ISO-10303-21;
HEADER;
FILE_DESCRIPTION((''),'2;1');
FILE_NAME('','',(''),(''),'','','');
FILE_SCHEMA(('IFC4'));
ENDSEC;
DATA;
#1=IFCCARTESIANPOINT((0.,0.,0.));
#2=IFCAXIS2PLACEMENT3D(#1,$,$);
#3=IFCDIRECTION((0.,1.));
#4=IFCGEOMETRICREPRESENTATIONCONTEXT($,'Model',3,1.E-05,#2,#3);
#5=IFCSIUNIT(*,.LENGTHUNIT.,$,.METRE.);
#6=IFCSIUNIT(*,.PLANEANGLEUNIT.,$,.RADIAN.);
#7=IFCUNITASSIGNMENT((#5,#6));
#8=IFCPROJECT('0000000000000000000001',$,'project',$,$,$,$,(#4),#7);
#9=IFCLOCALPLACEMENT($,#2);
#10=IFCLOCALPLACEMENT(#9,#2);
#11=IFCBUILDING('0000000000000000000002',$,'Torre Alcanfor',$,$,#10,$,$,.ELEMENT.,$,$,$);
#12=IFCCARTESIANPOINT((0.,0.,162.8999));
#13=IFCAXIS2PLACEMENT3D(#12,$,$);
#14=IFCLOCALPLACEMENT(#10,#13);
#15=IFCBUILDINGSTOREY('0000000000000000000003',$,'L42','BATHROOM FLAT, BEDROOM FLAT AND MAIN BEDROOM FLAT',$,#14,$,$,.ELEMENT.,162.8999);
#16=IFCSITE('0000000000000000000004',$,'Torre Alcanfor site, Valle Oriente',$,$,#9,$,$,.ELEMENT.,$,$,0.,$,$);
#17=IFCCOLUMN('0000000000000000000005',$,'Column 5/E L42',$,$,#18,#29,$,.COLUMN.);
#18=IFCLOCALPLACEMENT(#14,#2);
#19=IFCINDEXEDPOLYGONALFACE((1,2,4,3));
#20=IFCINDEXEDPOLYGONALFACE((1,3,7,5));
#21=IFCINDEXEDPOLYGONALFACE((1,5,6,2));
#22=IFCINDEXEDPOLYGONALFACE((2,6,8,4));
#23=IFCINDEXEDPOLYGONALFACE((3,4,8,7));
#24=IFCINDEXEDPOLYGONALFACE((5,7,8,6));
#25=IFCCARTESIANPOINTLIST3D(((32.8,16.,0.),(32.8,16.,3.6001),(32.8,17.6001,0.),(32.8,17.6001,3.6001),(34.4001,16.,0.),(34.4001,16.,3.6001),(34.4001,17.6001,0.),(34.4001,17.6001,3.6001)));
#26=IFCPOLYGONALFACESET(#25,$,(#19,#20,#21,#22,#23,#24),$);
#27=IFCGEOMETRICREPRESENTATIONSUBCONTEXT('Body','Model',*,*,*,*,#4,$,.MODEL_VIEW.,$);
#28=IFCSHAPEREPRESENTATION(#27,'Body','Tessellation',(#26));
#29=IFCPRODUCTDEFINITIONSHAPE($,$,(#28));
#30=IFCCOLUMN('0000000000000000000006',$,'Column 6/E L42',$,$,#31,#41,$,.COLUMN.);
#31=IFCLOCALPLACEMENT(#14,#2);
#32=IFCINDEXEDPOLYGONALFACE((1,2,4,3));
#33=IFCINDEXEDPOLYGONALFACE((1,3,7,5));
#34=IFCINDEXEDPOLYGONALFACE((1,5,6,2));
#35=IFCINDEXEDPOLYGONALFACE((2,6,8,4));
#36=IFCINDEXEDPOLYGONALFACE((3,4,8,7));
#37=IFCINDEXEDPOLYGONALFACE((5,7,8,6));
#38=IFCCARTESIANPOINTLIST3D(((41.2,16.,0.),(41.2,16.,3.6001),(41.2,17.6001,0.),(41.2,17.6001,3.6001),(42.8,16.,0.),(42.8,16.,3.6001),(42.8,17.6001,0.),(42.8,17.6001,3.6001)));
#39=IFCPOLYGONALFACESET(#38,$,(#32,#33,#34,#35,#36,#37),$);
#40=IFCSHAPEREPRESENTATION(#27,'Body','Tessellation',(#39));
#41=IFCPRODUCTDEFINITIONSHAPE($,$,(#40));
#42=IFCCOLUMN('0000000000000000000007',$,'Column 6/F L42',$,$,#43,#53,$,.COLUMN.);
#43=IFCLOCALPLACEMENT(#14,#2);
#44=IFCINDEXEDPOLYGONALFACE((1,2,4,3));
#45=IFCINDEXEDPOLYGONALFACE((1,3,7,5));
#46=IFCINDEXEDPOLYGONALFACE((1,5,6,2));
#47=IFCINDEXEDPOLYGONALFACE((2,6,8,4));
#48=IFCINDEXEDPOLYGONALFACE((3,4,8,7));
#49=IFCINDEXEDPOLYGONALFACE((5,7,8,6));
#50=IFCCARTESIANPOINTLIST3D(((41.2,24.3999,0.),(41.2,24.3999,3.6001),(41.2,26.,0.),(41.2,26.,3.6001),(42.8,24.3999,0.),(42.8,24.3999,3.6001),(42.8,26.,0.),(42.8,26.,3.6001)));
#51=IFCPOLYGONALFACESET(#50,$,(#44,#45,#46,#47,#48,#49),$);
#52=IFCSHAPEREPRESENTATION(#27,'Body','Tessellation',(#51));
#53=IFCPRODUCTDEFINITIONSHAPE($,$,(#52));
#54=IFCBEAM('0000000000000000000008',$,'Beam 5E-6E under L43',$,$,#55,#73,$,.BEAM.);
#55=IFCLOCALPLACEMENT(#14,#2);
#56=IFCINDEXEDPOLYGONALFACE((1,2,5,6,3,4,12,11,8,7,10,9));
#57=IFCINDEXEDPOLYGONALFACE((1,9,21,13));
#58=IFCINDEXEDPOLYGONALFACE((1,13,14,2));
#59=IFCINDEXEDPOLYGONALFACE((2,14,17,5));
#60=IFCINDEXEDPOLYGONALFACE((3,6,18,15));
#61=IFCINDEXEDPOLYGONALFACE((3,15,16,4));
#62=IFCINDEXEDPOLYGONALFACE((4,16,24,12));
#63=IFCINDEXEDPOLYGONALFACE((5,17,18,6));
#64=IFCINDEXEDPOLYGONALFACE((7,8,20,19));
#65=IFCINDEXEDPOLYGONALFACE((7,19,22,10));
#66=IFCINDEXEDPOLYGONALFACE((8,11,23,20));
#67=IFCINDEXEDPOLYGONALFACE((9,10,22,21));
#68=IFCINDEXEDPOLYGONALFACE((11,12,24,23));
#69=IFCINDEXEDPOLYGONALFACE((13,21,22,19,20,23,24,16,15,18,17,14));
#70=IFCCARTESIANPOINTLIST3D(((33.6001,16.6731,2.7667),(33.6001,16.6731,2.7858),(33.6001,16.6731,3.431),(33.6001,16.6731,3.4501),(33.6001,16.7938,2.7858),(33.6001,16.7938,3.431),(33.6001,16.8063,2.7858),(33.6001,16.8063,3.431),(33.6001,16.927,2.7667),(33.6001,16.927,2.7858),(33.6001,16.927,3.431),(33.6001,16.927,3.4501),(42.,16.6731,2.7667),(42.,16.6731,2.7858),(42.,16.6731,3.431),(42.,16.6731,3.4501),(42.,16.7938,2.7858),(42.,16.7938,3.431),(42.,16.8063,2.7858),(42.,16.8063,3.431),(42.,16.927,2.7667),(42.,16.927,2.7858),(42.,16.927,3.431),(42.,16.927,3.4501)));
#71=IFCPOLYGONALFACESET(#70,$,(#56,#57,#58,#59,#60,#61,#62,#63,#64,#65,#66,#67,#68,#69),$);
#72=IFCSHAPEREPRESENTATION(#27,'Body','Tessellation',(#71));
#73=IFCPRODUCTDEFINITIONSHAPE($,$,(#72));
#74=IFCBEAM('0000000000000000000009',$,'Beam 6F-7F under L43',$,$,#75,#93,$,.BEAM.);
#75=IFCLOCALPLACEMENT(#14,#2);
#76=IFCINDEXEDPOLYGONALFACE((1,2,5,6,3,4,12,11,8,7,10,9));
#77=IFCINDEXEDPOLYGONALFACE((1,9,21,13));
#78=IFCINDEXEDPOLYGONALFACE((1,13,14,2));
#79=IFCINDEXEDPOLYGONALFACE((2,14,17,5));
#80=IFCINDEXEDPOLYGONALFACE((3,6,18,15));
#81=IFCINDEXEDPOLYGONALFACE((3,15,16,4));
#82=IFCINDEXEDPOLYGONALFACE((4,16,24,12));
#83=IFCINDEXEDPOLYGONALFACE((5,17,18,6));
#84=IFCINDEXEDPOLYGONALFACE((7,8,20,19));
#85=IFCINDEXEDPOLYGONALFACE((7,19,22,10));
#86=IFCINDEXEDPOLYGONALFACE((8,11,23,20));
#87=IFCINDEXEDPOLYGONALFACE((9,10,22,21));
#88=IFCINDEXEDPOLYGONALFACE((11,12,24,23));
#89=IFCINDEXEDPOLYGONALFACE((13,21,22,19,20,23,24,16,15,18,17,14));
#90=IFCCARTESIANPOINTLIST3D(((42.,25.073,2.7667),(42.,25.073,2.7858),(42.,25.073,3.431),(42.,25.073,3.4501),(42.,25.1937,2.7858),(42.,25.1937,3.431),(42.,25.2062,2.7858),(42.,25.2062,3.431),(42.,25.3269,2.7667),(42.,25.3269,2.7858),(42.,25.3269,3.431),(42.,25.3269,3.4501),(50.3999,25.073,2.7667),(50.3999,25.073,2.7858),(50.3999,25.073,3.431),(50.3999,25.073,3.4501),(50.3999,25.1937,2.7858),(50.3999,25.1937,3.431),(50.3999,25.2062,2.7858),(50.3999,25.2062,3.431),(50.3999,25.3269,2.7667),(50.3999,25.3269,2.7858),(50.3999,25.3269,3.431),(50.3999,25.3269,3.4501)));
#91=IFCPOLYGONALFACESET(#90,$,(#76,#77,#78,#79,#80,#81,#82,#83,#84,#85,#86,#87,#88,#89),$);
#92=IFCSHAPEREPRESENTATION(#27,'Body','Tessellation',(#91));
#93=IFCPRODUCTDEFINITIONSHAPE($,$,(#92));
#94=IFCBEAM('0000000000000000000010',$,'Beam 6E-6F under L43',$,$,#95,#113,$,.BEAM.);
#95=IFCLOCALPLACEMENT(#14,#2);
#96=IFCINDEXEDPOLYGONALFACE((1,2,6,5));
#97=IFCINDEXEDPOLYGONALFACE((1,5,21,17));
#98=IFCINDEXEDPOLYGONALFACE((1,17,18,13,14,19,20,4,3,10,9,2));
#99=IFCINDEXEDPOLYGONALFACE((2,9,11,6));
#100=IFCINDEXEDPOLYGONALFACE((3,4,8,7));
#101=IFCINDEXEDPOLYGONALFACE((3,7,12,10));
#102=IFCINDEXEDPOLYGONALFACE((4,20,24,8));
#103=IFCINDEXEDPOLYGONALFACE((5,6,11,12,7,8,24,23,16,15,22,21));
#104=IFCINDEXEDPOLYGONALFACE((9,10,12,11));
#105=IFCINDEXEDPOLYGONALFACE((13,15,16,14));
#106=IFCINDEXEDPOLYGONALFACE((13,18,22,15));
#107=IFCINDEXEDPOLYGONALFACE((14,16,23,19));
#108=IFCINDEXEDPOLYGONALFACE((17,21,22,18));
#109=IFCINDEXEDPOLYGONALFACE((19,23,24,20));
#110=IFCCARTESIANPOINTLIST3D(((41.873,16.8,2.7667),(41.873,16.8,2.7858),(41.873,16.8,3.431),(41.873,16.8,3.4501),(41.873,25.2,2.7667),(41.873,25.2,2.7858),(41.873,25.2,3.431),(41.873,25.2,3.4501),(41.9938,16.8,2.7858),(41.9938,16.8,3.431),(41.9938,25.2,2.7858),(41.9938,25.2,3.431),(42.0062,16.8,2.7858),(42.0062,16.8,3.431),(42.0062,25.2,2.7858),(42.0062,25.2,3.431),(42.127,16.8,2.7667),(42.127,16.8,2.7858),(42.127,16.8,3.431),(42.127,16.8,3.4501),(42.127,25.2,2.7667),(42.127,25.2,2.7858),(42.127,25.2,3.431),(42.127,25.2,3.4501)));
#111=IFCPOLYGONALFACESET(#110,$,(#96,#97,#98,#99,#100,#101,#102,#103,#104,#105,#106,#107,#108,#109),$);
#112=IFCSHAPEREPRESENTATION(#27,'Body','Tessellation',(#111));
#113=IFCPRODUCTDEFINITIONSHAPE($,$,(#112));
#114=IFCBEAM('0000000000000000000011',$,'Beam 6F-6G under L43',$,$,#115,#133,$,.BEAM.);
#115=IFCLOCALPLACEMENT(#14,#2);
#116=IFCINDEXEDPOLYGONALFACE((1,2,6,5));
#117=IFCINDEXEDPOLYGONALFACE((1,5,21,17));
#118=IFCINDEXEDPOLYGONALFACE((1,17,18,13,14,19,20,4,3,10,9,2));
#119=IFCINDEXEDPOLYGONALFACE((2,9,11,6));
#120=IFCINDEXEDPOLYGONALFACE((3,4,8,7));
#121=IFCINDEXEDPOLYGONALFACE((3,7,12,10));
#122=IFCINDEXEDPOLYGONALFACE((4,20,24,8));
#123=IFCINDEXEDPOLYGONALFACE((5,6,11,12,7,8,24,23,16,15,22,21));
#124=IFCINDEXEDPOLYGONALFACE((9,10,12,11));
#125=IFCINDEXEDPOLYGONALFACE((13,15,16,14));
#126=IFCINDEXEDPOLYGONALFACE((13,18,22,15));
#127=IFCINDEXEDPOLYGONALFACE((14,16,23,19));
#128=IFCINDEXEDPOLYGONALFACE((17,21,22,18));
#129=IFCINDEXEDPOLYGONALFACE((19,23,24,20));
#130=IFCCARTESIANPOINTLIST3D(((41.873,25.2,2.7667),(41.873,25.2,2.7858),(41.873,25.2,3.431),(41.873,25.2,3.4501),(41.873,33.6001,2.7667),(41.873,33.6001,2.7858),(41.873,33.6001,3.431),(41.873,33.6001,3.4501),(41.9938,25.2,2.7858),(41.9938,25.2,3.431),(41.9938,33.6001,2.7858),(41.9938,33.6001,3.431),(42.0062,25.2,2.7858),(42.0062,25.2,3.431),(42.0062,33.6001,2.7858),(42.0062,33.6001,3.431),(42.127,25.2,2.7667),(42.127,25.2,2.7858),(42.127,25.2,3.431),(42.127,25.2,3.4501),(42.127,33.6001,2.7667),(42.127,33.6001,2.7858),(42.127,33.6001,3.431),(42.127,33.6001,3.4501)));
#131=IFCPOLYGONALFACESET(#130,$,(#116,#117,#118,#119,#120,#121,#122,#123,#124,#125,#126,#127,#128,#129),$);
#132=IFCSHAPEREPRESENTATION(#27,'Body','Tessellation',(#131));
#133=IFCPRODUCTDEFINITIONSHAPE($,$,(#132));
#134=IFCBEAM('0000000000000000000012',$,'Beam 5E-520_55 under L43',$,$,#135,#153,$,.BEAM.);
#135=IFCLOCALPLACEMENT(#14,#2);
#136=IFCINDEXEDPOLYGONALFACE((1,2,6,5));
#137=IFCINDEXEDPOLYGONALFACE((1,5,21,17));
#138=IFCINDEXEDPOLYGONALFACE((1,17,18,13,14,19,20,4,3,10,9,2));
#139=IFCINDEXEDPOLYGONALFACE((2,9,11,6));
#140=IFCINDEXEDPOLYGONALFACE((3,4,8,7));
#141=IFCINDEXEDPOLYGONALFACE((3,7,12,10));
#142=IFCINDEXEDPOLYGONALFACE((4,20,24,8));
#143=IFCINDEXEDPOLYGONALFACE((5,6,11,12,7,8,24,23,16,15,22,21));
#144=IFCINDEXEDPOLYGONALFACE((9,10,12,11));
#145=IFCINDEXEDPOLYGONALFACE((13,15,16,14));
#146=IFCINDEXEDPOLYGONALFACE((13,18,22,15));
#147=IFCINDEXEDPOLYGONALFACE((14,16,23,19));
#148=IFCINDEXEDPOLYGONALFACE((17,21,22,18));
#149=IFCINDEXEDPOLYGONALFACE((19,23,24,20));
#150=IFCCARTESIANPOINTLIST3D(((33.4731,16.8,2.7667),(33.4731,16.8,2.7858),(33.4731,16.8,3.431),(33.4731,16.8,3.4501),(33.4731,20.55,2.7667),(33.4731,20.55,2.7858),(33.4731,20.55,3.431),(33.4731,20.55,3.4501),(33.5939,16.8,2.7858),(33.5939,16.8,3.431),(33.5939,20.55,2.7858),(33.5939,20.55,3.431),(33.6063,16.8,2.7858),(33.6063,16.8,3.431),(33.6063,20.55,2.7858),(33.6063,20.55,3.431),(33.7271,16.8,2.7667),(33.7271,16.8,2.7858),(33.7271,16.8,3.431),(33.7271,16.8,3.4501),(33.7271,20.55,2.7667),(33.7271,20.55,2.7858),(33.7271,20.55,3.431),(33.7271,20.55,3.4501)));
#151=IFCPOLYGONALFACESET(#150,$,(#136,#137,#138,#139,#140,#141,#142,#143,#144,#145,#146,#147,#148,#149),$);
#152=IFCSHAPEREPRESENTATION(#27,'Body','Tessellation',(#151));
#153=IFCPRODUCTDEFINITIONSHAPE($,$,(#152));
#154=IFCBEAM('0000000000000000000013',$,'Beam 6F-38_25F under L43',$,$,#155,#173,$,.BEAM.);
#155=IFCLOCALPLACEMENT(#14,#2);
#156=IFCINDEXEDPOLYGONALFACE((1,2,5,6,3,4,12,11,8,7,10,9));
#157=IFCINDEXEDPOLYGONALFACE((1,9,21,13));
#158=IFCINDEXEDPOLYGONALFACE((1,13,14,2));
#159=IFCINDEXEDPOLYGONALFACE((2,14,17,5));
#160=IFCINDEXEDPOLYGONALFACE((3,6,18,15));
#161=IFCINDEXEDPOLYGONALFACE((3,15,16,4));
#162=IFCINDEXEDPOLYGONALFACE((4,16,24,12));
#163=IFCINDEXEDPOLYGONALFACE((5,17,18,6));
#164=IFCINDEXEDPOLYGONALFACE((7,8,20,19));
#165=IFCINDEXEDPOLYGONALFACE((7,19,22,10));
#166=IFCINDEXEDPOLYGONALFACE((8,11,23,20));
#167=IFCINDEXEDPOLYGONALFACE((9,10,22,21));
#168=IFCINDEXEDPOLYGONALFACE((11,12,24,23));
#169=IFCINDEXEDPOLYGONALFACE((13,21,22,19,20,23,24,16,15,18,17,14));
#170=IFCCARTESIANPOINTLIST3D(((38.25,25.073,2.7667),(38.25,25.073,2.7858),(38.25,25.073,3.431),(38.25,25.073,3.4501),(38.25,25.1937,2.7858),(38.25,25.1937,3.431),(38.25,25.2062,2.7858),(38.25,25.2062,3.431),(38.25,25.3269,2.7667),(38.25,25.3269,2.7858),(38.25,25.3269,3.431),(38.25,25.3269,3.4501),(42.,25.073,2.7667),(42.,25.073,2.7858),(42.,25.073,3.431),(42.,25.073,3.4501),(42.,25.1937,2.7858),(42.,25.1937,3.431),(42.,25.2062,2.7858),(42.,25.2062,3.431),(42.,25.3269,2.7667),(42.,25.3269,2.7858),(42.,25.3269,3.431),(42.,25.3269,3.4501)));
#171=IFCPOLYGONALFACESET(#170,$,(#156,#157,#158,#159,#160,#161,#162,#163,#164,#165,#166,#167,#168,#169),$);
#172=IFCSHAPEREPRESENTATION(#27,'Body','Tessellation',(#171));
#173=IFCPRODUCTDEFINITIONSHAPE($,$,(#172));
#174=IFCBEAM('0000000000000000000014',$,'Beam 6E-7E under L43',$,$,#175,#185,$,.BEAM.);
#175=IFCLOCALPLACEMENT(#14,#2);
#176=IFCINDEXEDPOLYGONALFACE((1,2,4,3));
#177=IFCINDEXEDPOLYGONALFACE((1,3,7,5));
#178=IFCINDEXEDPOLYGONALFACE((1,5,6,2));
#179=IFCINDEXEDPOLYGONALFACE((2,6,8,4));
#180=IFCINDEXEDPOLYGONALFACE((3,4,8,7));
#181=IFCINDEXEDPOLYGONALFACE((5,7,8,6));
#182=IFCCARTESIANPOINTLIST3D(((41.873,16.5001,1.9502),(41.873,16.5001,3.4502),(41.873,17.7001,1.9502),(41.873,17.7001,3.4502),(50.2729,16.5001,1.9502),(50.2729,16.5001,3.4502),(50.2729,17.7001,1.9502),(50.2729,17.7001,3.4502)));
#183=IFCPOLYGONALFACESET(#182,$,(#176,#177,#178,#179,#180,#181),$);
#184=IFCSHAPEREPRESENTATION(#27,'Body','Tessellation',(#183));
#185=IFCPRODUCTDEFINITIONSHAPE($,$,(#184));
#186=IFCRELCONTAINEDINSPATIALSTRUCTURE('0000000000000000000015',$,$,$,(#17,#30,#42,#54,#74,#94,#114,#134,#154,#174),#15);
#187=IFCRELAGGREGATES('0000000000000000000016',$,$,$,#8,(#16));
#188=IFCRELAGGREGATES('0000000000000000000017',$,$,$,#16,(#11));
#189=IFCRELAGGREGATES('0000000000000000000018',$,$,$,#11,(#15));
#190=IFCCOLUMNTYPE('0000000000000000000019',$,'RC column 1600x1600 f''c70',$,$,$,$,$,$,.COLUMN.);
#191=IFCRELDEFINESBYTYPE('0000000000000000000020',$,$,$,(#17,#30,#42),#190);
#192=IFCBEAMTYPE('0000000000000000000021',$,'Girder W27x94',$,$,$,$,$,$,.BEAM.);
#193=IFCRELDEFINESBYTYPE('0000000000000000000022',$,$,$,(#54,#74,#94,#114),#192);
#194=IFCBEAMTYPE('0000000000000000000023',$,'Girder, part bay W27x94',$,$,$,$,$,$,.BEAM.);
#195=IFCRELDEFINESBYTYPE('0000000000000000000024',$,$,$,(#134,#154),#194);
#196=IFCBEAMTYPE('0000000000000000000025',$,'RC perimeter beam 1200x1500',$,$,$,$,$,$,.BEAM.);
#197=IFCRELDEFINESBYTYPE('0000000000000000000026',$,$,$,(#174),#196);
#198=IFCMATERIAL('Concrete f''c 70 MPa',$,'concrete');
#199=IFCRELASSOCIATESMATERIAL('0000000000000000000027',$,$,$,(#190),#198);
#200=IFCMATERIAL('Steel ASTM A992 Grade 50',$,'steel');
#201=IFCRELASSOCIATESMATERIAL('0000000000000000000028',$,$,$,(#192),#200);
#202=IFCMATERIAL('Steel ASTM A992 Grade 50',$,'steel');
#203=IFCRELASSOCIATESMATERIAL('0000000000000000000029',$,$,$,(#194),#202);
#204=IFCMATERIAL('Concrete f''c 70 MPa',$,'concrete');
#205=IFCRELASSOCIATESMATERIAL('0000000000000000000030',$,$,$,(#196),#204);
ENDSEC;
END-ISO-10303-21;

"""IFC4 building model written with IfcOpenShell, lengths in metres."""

from ifc_helpers import new_model, si_unit, direction, frame, origin, origin_2d, place, context, subcontext, project, spatial, rectangle, i_section, extrude, material, material_profile, profile_set, type_object, element, save


model = new_model("IFC4")

# Units and contexts
model_context = context("Model", 3, precision=1e-05, world=origin(), true_north=direction((0.0, 1.0)))
body_context = subcontext(model_context, "Body", "Model", "MODEL_VIEW")
ifc_project = project(units=[si_unit("LENGTHUNIT", "METRE"), si_unit("PLANEANGLEUNIT", "RADIAN")], contexts=[model_context])

# Site, building, storey
site_placement = place(None, origin())
site = spatial("IfcSite", under=ifc_project, at=site_placement, Name="Torre Alcanfor site, Valle Oriente", CompositionType="ELEMENT", RefElevation=0.0)
building_placement = place(site_placement, origin())
building = spatial("IfcBuilding", under=site, at=building_placement, Name="Torre Alcanfor", CompositionType="ELEMENT")
storey_placement = place(building_placement, frame((0.0, 0.0, 162.8999)))
storey = spatial("IfcBuildingStorey", under=building, at=storey_placement, Name="L42", Description="BATHROOM FLAT, BEDROOM FLAT AND MAIN BEDROOM FLAT", CompositionType="ELEMENT", Elevation=162.8999)

# Columns
ifc_material_1 = material(Name="Concrete f'c 70 MPa", Category="concrete")
ifc_material_profile_1 = material_profile(ifc_material_1, rectangle(XDim=1.6001, YDim=1.6001, at=origin_2d()), Name="1600x1600")
ifc_profile_set_1 = profile_set([ifc_material_profile_1], Name="Concrete f'c 70 MPa")
column_type = type_object("IfcColumnType", Name="RC column 1600x1600 f'c70", PredefinedType="COLUMN", material=ifc_profile_set_1)
for number, where, z_axis, x_axis, name in (
    (1, (33.6001, 16.8, 0.0), (0.0, 0.0, 1.0), (1.0, 0.0, 0.0), "Column 5/E L42"),
    (2, (42.0, 16.8, 0.0), (0.0, 0.0, 1.0), (1.0, 0.0, 0.0), "Column 6/E L42"),
    (3, (42.0, 25.2, 0.0), (0.0, 0.0, 1.0), (1.0, 0.0, 0.0), "Column 6/F L42"),
):
    element("IfcColumn", number, at=place(storey_placement, frame(where, z_axis=z_axis, x_axis=x_axis)), inside=storey, type_object=column_type, Name=name, PredefinedType="COLUMN", context=body_context, shape_type="SweptSolid", body=[
        extrude(rectangle(XDim=1.6001, YDim=1.6001, at=origin_2d()), origin(), (0.0, 0.0, 1.0), 3.6001),
    ])

# Beams
ifc_material_2 = material(Name="Steel ASTM A992 Grade 50", Category="steel")
ifc_material_profile_2 = material_profile(ifc_material_2, i_section(OverallWidth=0.2539, OverallDepth=0.6833, WebThickness=0.0125, FlangeThickness=0.019, at=origin_2d()), Name="W27x94")
ifc_profile_set_2 = profile_set([ifc_material_profile_2], Name="Steel ASTM A992 Grade 50")
beam_type_1 = type_object("IfcBeamType", Name="Girder W27x94", PredefinedType="BEAM", material=ifc_profile_set_2)
for number, where, z_axis, x_axis, name in (
    (4, (33.6001, 16.8, 3.1084), (1.0, 0.0, 0.0), (0.0, 1.0, 0.0), "Beam 5E-6E under L43"),
    (5, (42.0, 25.2, 3.1084), (1.0, 0.0, 0.0), (0.0, 1.0, 0.0), "Beam 6F-7F under L43"),
    (6, (42.0, 16.8, 3.1084), (0.0, 1.0, 0.0), (-1.0, 0.0, 0.0), "Beam 6E-6F under L43"),
):
    element("IfcBeam", number, at=place(storey_placement, frame(where, z_axis=z_axis, x_axis=x_axis)), inside=storey, type_object=beam_type_1, Name=name, PredefinedType="BEAM", context=body_context, shape_type="SweptSolid", body=[
        extrude(i_section(OverallWidth=0.2539, OverallDepth=0.6833, WebThickness=0.0125, FlangeThickness=0.019, at=origin_2d()), origin(), (0.0, 0.0, 1.0), 8.3999),
    ])
beam_1_placement = place(storey_placement, frame((42.0, 25.2, 3.1084), z_axis=(0.0, 1.0, 0.0), x_axis=(-1.0, 0.0, 0.0)))
element("IfcBeam", 7, at=beam_1_placement, inside=storey, type_object=beam_type_1, Name="Beam 6F-6G under L43", PredefinedType="BEAM", context=body_context, shape_type="SweptSolid", body=[
    extrude(i_section(OverallWidth=0.2539, OverallDepth=0.6833, WebThickness=0.0125, FlangeThickness=0.019, at=origin_2d()), origin(), (0.0, 0.0, 1.0), 8.4001),
])
ifc_material_3 = material(Name="Steel ASTM A992 Grade 50", Category="steel")
ifc_material_profile_3 = material_profile(ifc_material_3, i_section(OverallWidth=0.2539, OverallDepth=0.6833, WebThickness=0.0125, FlangeThickness=0.019, at=origin_2d()), Name="W27x94")
ifc_profile_set_3 = profile_set([ifc_material_profile_3], Name="Steel ASTM A992 Grade 50")
beam_type_2 = type_object("IfcBeamType", Name="Girder, part bay W27x94", PredefinedType="BEAM", material=ifc_profile_set_3)
for number, where, z_axis, x_axis, name in (
    (8, (33.6001, 16.8, 3.1084), (0.0, 1.0, 0.0), (-1.0, 0.0, 0.0), "Beam 5E-520_55 under L43"),
    (9, (42.0, 25.2, 3.1084), (-1.0, 0.0, 0.0), (0.0, -1.0, 0.0), "Beam 6F-38_25F under L43"),
):
    element("IfcBeam", number, at=place(storey_placement, frame(where, z_axis=z_axis, x_axis=x_axis)), inside=storey, type_object=beam_type_2, Name=name, PredefinedType="BEAM", context=body_context, shape_type="SweptSolid", body=[
        extrude(i_section(OverallWidth=0.2539, OverallDepth=0.6833, WebThickness=0.0125, FlangeThickness=0.019, at=origin_2d()), origin(), (0.0, 0.0, 1.0), 3.75),
    ])
ifc_material_4 = material(Name="Concrete f'c 70 MPa", Category="concrete")
ifc_material_profile_4 = material_profile(ifc_material_4, rectangle(XDim=1.2, YDim=1.5, at=origin_2d()), Name="1200x1500")
ifc_profile_set_4 = profile_set([ifc_material_profile_4], Name="Concrete f'c 70 MPa")
beam_type_3 = type_object("IfcBeamType", Name="RC perimeter beam 1200x1500", PredefinedType="BEAM", material=ifc_profile_set_4)
beam_2_placement = place(storey_placement, frame((41.873, 17.1001, 2.7002), z_axis=(1.0, 0.0, 0.0), x_axis=(0.0, 1.0, 0.0)))
element("IfcBeam", 10, at=beam_2_placement, inside=storey, type_object=beam_type_3, Name="Beam 6E-7E under L43", PredefinedType="BEAM", context=body_context, shape_type="SweptSolid", body=[
    extrude(rectangle(XDim=1.2, YDim=1.5, at=origin_2d()), origin(), (0.0, 0.0, 1.0), 8.3999),
])

save(model, "model.ifc")
